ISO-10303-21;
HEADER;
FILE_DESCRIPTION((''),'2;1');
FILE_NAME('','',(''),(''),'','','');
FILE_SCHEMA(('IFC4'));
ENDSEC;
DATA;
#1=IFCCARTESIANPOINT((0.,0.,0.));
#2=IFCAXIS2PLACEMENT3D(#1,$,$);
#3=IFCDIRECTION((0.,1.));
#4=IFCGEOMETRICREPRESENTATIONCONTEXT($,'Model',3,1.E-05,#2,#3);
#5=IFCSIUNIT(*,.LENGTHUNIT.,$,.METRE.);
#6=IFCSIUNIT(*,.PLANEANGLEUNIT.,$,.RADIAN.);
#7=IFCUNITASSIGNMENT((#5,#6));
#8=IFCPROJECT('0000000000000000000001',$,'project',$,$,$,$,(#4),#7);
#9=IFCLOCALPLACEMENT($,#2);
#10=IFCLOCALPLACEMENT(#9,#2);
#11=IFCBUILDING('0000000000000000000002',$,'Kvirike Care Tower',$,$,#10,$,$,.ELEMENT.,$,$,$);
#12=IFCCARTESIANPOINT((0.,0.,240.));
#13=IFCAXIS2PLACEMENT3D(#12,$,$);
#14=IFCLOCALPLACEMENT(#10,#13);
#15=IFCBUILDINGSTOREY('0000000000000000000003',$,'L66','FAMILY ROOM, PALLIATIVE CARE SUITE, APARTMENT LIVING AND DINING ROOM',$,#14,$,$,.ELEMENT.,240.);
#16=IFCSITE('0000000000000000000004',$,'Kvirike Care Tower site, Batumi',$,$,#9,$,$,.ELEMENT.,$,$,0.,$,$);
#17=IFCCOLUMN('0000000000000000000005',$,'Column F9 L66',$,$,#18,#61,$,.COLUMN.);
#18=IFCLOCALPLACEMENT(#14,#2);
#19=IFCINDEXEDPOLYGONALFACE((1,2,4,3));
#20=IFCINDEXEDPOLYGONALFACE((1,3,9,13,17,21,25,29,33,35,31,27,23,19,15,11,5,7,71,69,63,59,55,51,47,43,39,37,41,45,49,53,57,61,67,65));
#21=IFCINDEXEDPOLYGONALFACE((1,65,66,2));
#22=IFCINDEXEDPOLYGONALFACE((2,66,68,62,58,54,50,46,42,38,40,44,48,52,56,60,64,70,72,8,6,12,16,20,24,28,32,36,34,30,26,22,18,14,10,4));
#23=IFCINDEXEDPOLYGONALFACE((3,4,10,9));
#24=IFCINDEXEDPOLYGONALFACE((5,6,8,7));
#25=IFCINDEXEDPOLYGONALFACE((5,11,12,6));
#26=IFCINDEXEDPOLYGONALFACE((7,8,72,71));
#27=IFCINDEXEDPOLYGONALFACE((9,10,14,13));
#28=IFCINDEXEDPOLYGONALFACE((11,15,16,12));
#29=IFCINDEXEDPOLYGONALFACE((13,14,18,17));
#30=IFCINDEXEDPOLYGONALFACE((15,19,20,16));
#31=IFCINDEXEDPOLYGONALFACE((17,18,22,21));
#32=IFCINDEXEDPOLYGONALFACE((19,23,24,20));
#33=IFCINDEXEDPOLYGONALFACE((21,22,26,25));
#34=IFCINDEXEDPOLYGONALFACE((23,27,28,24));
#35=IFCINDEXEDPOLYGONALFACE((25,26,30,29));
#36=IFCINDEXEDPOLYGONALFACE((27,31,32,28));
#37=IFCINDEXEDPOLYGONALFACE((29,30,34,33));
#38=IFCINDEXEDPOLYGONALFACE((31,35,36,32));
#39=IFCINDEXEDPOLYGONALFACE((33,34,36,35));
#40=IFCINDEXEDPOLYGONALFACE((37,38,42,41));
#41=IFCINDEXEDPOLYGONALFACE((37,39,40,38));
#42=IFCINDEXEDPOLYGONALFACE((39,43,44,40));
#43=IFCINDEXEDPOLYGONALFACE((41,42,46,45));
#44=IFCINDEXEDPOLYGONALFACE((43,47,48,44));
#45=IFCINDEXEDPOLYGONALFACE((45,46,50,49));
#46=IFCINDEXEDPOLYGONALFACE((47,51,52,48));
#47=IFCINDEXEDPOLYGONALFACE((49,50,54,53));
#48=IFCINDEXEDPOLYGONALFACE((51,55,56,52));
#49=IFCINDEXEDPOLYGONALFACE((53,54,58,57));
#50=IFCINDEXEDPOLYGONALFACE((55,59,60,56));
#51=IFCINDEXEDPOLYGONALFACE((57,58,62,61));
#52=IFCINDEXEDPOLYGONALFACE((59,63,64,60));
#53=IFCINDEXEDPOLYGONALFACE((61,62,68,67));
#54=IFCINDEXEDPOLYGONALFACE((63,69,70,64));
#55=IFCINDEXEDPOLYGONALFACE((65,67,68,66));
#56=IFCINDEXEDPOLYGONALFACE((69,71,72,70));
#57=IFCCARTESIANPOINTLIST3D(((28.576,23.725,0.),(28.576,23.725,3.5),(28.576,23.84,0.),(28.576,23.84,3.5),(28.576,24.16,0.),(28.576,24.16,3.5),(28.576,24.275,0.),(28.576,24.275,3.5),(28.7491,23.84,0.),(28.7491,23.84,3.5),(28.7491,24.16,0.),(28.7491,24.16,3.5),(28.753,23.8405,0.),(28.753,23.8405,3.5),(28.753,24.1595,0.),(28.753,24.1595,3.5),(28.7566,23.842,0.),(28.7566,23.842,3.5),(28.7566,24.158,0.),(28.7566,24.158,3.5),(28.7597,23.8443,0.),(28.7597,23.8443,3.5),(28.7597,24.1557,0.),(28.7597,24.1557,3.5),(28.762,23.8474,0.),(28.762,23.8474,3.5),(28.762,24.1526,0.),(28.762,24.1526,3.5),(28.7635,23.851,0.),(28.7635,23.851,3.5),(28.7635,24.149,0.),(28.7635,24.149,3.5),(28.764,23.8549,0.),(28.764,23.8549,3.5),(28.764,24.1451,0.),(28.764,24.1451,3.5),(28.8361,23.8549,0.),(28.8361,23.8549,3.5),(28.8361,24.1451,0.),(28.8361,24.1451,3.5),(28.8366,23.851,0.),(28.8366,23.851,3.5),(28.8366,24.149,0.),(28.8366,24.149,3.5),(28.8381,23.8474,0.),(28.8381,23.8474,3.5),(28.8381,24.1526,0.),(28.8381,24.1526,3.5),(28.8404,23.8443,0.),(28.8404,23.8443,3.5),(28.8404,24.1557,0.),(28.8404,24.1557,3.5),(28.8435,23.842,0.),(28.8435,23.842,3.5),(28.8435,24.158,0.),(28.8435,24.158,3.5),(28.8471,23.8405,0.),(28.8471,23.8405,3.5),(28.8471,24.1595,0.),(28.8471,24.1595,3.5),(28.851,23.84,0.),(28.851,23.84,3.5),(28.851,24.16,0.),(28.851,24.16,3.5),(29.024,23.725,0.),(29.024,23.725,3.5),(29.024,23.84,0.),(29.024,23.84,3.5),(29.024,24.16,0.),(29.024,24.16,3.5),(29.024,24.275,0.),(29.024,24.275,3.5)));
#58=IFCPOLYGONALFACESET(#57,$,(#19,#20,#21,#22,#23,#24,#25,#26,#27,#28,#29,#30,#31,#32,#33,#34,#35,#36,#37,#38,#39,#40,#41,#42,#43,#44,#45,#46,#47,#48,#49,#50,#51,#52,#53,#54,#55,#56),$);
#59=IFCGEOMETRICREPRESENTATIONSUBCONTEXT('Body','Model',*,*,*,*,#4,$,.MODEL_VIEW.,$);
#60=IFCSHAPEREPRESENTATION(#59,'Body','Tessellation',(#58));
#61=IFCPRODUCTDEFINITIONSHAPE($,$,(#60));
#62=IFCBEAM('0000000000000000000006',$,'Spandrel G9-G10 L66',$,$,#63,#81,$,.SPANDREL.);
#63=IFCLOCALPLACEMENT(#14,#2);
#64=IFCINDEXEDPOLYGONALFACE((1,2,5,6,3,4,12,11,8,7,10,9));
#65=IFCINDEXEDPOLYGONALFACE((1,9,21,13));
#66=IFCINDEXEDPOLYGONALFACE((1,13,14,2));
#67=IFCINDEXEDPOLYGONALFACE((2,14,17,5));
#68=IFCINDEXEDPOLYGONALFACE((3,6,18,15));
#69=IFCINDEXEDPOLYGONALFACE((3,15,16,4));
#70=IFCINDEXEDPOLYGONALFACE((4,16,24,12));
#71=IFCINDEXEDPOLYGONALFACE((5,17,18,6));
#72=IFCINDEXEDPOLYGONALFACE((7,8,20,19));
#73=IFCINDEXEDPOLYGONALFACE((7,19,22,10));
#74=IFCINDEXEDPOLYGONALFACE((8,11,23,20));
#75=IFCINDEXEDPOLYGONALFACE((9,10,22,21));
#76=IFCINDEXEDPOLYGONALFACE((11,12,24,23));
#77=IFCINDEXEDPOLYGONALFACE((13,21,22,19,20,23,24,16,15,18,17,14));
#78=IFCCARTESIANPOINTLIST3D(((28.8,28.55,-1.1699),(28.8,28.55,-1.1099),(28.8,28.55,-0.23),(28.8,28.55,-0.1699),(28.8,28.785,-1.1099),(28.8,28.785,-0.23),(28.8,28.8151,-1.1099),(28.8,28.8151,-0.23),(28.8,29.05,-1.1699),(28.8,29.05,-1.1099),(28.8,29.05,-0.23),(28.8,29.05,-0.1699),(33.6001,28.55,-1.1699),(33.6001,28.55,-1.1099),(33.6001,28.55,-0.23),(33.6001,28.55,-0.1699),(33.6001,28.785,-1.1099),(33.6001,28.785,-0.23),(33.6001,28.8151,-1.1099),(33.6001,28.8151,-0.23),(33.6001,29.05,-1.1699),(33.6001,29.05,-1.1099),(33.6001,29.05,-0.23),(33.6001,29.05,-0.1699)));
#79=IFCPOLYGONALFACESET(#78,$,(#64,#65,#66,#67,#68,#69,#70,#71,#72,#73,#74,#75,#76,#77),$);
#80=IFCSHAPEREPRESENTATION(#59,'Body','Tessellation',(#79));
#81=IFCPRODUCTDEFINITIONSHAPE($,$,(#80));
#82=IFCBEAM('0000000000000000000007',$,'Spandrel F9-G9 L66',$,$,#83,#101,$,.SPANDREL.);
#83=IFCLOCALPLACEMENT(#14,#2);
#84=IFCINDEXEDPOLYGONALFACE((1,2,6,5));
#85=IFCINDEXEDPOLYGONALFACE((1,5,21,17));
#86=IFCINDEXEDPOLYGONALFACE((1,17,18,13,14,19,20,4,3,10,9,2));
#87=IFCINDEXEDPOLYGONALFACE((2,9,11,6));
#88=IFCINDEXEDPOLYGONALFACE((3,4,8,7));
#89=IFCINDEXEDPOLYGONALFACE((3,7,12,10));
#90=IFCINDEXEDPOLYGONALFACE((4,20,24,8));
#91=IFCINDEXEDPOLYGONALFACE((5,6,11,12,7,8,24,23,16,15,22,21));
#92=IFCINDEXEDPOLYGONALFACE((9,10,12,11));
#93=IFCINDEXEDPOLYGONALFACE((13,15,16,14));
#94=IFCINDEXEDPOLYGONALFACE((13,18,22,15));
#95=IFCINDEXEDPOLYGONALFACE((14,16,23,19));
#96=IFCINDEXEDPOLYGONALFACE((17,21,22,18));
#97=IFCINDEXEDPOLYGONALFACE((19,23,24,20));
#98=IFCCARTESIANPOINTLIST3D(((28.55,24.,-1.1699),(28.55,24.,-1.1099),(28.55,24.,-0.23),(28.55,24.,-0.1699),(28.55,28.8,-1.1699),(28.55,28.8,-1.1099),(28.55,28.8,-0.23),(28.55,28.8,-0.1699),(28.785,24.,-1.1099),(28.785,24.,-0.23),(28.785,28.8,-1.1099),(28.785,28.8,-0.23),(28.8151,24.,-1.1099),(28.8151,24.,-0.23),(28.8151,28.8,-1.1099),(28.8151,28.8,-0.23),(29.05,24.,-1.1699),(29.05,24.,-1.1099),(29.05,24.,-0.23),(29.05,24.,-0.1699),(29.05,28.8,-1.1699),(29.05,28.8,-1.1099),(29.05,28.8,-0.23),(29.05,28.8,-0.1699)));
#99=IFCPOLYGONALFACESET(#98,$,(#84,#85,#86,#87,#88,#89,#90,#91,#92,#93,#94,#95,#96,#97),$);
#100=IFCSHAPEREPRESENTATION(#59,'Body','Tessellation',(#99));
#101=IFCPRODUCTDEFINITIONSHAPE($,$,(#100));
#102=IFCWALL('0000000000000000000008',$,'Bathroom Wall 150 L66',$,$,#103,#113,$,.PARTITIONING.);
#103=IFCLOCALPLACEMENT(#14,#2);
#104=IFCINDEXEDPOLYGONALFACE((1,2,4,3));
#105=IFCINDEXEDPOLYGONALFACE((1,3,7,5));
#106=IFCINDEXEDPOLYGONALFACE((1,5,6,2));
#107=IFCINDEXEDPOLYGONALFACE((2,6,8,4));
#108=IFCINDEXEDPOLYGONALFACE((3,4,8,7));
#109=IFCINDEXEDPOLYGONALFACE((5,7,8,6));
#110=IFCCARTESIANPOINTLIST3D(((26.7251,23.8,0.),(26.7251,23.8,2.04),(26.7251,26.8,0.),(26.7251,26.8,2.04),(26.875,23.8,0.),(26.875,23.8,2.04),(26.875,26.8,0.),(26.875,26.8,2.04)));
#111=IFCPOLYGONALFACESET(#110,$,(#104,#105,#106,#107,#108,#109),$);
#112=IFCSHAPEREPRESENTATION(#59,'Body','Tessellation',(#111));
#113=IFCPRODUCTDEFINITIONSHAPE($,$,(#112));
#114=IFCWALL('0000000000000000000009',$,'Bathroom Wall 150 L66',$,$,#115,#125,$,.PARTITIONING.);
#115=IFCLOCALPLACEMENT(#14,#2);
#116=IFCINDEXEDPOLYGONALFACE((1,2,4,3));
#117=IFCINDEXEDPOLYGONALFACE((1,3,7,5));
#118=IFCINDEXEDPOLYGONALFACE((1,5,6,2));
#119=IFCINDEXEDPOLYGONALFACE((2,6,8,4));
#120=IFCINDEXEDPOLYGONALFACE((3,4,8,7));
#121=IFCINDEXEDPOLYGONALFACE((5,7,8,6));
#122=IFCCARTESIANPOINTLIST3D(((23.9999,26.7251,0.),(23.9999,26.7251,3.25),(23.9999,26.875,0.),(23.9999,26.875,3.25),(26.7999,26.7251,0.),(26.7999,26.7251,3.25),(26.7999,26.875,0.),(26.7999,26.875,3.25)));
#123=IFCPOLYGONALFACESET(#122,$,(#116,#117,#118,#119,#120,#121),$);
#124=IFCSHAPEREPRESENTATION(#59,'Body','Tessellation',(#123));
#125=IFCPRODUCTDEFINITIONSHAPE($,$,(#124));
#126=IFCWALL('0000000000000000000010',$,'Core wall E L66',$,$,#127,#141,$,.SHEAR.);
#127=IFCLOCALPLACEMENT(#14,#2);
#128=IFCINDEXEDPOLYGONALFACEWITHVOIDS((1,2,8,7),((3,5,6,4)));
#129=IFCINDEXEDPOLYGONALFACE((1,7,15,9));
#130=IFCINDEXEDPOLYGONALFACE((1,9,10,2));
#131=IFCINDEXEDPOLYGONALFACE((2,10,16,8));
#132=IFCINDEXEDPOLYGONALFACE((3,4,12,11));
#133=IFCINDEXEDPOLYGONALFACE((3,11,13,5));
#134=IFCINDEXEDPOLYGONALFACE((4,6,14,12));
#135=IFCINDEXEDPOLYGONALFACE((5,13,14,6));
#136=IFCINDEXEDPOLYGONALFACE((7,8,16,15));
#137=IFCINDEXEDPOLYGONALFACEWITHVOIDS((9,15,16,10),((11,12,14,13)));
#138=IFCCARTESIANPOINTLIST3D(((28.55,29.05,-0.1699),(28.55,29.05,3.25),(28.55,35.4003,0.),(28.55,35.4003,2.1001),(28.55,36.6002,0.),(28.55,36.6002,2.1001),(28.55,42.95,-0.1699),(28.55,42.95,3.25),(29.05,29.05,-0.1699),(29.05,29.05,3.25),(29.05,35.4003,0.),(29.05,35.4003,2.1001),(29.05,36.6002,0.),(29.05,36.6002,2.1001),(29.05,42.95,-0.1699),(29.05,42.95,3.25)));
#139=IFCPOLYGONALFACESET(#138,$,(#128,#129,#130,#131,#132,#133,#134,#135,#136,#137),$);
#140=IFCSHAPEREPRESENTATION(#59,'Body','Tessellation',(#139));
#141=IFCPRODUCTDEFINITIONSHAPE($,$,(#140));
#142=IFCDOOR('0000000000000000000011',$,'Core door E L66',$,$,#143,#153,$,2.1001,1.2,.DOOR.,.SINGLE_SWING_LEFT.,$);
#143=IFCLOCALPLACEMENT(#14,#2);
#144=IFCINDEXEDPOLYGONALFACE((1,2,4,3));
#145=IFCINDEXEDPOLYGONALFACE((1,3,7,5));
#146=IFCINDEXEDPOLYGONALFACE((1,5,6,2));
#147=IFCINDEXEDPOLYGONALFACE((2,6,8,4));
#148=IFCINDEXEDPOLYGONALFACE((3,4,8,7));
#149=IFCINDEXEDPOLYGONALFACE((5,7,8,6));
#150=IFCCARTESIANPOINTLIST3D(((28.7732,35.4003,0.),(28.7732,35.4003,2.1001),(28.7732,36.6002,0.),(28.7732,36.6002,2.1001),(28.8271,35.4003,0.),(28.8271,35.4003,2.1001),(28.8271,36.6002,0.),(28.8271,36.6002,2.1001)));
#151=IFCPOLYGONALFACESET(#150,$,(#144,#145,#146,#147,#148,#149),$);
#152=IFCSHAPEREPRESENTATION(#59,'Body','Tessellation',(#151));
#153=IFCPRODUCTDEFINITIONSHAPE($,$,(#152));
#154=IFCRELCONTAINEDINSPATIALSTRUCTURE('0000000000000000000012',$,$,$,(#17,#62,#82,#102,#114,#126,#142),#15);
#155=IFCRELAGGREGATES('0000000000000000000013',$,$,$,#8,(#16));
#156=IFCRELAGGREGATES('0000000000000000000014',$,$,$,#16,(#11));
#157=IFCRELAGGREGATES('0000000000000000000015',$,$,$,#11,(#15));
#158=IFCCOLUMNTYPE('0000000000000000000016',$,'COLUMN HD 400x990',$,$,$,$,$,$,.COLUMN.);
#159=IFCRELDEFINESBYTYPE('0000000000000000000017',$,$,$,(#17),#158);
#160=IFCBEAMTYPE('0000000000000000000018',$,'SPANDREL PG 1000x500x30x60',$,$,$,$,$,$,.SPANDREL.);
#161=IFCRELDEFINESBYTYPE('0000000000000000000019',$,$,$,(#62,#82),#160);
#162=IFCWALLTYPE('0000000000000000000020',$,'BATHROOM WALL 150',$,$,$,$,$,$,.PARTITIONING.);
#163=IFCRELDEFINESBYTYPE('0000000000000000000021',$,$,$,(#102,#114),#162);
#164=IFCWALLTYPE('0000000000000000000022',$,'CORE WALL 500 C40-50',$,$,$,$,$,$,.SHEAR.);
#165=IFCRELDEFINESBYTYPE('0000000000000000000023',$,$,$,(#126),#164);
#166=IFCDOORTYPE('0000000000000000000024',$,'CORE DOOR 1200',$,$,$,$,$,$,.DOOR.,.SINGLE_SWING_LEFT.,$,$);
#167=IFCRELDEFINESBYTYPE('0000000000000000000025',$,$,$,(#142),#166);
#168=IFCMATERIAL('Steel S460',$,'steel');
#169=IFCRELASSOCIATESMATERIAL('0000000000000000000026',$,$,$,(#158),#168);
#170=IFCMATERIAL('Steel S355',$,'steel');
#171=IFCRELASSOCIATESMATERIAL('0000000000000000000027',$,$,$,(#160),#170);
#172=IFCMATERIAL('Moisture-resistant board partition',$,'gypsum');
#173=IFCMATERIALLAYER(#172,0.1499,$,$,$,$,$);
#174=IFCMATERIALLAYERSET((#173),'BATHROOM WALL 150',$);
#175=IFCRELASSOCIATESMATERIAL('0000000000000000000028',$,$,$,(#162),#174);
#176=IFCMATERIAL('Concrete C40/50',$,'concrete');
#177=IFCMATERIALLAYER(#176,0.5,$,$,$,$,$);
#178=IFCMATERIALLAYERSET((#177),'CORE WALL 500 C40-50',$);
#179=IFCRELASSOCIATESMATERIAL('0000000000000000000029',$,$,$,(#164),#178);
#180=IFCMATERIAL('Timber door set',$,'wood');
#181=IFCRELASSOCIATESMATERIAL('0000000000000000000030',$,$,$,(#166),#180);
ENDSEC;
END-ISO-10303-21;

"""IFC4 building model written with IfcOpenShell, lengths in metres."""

from ifc_helpers import new_model, si_unit, direction, frame, frame_2d, origin, origin_2d, place, context, subcontext, project, spatial, rectangle, i_section, extrude, material, layer, layer_set, material_profile, profile_set, type_object, element, fill, save


model = new_model("IFC4")

# Units and contexts
model_context = context("Model", 3, precision=1e-05, world=origin(), true_north=direction((0.0, 1.0)))
body_context = subcontext(model_context, "Body", "Model", "MODEL_VIEW")
ifc_project = project(units=[si_unit("LENGTHUNIT", "METRE"), si_unit("PLANEANGLEUNIT", "RADIAN")], contexts=[model_context])

# Site, building, storey
site_placement = place(None, origin())
site = spatial("IfcSite", under=ifc_project, at=site_placement, Name="Kvirike Care Tower site, Batumi", CompositionType="ELEMENT", RefElevation=0.0)
building_placement = place(site_placement, origin())
building = spatial("IfcBuilding", under=site, at=building_placement, Name="Kvirike Care Tower", CompositionType="ELEMENT")
storey_placement = place(building_placement, frame((0.0, 0.0, 240.0)))
storey = spatial("IfcBuildingStorey", under=building, at=storey_placement, Name="L66", Description="FAMILY ROOM, PALLIATIVE CARE SUITE, APARTMENT LIVING AND DINING ROOM", CompositionType="ELEMENT", Elevation=240.0)

# Column
ifc_material_1 = material(Name="Steel S460", Category="steel")
ifc_material_profile_1 = material_profile(ifc_material_1, i_section(OverallWidth=0.448, OverallDepth=0.55, WebThickness=0.072, FlangeThickness=0.115, FilletRadius=0.0149, at=origin_2d()), Name="HD 400x990")
ifc_profile_set_1 = profile_set([ifc_material_profile_1], Name="Steel S460")
column_type = type_object("IfcColumnType", Name="COLUMN HD 400x990", PredefinedType="COLUMN", material=ifc_profile_set_1)
column_placement = place(storey_placement, frame((28.8, 24.0, 0.0), z_axis=(0.0, 0.0, 1.0), x_axis=(1.0, 0.0, 0.0)))
element("IfcColumn", 1, at=column_placement, inside=storey, type_object=column_type, Name="Column F9 L66", PredefinedType="COLUMN", context=body_context, shape_type="SweptSolid", body=[
    extrude(i_section(OverallWidth=0.448, OverallDepth=0.55, WebThickness=0.072, FlangeThickness=0.115, FilletRadius=0.0149, at=origin_2d()), origin(), (0.0, 0.0, 1.0), 3.5),
])

# Beams
ifc_material_2 = material(Name="Steel S355", Category="steel")
ifc_material_profile_2 = material_profile(ifc_material_2, i_section(OverallWidth=0.5, OverallDepth=1.0, WebThickness=0.03, FlangeThickness=0.0601, at=origin_2d()), Name="PG 1000x500x30x60")
ifc_profile_set_2 = profile_set([ifc_material_profile_2], Name="Steel S355")
beam_type = type_object("IfcBeamType", Name="SPANDREL PG 1000x500x30x60", PredefinedType="SPANDREL", material=ifc_profile_set_2)
for number, where, z_axis, x_axis, name in (
    (2, (28.8, 28.8, -0.6699), (1.0, 0.0, 0.0), (0.0, 1.0, 0.0), "Spandrel G9-G10 L66"),
    (3, (28.8, 24.0, -0.6699), (0.0, 1.0, 0.0), (-1.0, 0.0, 0.0), "Spandrel F9-G9 L66"),
):
    element("IfcBeam", number, at=place(storey_placement, frame(where, z_axis=z_axis, x_axis=x_axis)), inside=storey, type_object=beam_type, Name=name, PredefinedType="SPANDREL", context=body_context, shape_type="SweptSolid", body=[
        extrude(i_section(OverallWidth=0.5, OverallDepth=1.0, WebThickness=0.03, FlangeThickness=0.0601, at=origin_2d()), origin(), (0.0, 0.0, 1.0), 4.8),
    ])

# Walls
ifc_material_3 = material(Name="Moisture-resistant board partition", Category="gypsum")
ifc_layer_1 = layer(ifc_material_3, 0.1499)
ifc_layer_set_1 = layer_set([ifc_layer_1], Name="BATHROOM WALL 150")
wall_type_1 = type_object("IfcWallType", Name="BATHROOM WALL 150", PredefinedType="PARTITIONING", material=ifc_layer_set_1)
wall_1_placement = place(storey_placement, frame((26.8, 23.8, 0.0), z_axis=(0.0, 0.0, 1.0), x_axis=(0.0, 1.0, 0.0)))
element("IfcWall", 4, at=wall_1_placement, inside=storey, type_object=wall_type_1, Name="Bathroom Wall 150 L66", PredefinedType="PARTITIONING", context=body_context, shape_type="SweptSolid", body=[
    extrude(rectangle(XDim=3.0, YDim=0.1499, at=frame_2d((1.5, 0.0))), origin(), (0.0, 0.0, 1.0), 2.04),
])
wall_2_placement = place(storey_placement, frame((24.0, 26.8, 0.0), z_axis=(0.0, 0.0, 1.0), x_axis=(1.0, 0.0, 0.0)))
element("IfcWall", 5, at=wall_2_placement, inside=storey, type_object=wall_type_1, Name="Bathroom Wall 150 L66", PredefinedType="PARTITIONING", context=body_context, shape_type="SweptSolid", body=[
    extrude(rectangle(XDim=2.8, YDim=0.1499, at=frame_2d((1.3999, 0.0))), origin(), (0.0, 0.0, 1.0), 3.25),
])

# Wall, opening, door
ifc_material_4 = material(Name="Concrete C40/50", Category="concrete")
ifc_layer_2 = layer(ifc_material_4, 0.5)
ifc_layer_set_2 = layer_set([ifc_layer_2], Name="CORE WALL 500 C40-50")
wall_type_2 = type_object("IfcWallType", Name="CORE WALL 500 C40-50", PredefinedType="SHEAR", material=ifc_layer_set_2)
wall_3_placement = place(storey_placement, frame((28.8, 29.05, -0.1699), z_axis=(0.0, 0.0, 1.0), x_axis=(0.0, 1.0, 0.0)))
wall_3 = element("IfcWall", 6, at=wall_3_placement, inside=storey, type_object=wall_type_2, Name="Core wall E L66", PredefinedType="SHEAR", context=body_context, shape_type="SweptSolid", body=[
    extrude(rectangle(XDim=13.8999, YDim=0.5, at=frame_2d((6.95, 0.0))), origin(), (0.0, 0.0, 1.0), 3.4199),
])
opening_1_placement = place(wall_3_placement, frame((6.3501, 0.0, 0.1699)))
opening_1 = element("IfcOpeningElement", 7, at=opening_1_placement, cuts=wall_3, PredefinedType="OPENING", context=body_context, shape_type="SweptSolid", body=[
    extrude(rectangle(XDim=1.2, YDim=2.1001, at=frame_2d((0.6001, 1.05))), frame((0.0, 0.2605, 0.0), z_axis=(0.0, -1.0, 0.0), x_axis=(1.0, 0.0, 0.0)), (0.0, 0.0, 1.0), 0.521),
])
ifc_material_5 = material(Name="Timber door set", Category="wood")
door_type_1 = type_object("IfcDoorType", Name="CORE DOOR 1200", OperationType="SINGLE_SWING_LEFT", PredefinedType="DOOR", material=ifc_material_5)
door_1_placement = place(opening_1_placement, origin())
door_1 = element("IfcDoor", 8, at=door_1_placement, inside=storey, type_object=door_type_1, Name="Core door E L66", OperationType="SINGLE_SWING_LEFT", OverallHeight=2.1001, OverallWidth=1.2, PredefinedType="DOOR", context=body_context, shape_type="SweptSolid", body=[
    extrude(rectangle(XDim=1.2, YDim=2.1001, at=frame_2d((0.6001, 1.05))), frame((0.0, 0.0269, 0.0), z_axis=(0.0, -1.0, 0.0), x_axis=(1.0, 0.0, 0.0)), (0.0, 0.0, 1.0), 0.054),
])
fill(opening_1, door_1)

save(model, "model.ifc")
